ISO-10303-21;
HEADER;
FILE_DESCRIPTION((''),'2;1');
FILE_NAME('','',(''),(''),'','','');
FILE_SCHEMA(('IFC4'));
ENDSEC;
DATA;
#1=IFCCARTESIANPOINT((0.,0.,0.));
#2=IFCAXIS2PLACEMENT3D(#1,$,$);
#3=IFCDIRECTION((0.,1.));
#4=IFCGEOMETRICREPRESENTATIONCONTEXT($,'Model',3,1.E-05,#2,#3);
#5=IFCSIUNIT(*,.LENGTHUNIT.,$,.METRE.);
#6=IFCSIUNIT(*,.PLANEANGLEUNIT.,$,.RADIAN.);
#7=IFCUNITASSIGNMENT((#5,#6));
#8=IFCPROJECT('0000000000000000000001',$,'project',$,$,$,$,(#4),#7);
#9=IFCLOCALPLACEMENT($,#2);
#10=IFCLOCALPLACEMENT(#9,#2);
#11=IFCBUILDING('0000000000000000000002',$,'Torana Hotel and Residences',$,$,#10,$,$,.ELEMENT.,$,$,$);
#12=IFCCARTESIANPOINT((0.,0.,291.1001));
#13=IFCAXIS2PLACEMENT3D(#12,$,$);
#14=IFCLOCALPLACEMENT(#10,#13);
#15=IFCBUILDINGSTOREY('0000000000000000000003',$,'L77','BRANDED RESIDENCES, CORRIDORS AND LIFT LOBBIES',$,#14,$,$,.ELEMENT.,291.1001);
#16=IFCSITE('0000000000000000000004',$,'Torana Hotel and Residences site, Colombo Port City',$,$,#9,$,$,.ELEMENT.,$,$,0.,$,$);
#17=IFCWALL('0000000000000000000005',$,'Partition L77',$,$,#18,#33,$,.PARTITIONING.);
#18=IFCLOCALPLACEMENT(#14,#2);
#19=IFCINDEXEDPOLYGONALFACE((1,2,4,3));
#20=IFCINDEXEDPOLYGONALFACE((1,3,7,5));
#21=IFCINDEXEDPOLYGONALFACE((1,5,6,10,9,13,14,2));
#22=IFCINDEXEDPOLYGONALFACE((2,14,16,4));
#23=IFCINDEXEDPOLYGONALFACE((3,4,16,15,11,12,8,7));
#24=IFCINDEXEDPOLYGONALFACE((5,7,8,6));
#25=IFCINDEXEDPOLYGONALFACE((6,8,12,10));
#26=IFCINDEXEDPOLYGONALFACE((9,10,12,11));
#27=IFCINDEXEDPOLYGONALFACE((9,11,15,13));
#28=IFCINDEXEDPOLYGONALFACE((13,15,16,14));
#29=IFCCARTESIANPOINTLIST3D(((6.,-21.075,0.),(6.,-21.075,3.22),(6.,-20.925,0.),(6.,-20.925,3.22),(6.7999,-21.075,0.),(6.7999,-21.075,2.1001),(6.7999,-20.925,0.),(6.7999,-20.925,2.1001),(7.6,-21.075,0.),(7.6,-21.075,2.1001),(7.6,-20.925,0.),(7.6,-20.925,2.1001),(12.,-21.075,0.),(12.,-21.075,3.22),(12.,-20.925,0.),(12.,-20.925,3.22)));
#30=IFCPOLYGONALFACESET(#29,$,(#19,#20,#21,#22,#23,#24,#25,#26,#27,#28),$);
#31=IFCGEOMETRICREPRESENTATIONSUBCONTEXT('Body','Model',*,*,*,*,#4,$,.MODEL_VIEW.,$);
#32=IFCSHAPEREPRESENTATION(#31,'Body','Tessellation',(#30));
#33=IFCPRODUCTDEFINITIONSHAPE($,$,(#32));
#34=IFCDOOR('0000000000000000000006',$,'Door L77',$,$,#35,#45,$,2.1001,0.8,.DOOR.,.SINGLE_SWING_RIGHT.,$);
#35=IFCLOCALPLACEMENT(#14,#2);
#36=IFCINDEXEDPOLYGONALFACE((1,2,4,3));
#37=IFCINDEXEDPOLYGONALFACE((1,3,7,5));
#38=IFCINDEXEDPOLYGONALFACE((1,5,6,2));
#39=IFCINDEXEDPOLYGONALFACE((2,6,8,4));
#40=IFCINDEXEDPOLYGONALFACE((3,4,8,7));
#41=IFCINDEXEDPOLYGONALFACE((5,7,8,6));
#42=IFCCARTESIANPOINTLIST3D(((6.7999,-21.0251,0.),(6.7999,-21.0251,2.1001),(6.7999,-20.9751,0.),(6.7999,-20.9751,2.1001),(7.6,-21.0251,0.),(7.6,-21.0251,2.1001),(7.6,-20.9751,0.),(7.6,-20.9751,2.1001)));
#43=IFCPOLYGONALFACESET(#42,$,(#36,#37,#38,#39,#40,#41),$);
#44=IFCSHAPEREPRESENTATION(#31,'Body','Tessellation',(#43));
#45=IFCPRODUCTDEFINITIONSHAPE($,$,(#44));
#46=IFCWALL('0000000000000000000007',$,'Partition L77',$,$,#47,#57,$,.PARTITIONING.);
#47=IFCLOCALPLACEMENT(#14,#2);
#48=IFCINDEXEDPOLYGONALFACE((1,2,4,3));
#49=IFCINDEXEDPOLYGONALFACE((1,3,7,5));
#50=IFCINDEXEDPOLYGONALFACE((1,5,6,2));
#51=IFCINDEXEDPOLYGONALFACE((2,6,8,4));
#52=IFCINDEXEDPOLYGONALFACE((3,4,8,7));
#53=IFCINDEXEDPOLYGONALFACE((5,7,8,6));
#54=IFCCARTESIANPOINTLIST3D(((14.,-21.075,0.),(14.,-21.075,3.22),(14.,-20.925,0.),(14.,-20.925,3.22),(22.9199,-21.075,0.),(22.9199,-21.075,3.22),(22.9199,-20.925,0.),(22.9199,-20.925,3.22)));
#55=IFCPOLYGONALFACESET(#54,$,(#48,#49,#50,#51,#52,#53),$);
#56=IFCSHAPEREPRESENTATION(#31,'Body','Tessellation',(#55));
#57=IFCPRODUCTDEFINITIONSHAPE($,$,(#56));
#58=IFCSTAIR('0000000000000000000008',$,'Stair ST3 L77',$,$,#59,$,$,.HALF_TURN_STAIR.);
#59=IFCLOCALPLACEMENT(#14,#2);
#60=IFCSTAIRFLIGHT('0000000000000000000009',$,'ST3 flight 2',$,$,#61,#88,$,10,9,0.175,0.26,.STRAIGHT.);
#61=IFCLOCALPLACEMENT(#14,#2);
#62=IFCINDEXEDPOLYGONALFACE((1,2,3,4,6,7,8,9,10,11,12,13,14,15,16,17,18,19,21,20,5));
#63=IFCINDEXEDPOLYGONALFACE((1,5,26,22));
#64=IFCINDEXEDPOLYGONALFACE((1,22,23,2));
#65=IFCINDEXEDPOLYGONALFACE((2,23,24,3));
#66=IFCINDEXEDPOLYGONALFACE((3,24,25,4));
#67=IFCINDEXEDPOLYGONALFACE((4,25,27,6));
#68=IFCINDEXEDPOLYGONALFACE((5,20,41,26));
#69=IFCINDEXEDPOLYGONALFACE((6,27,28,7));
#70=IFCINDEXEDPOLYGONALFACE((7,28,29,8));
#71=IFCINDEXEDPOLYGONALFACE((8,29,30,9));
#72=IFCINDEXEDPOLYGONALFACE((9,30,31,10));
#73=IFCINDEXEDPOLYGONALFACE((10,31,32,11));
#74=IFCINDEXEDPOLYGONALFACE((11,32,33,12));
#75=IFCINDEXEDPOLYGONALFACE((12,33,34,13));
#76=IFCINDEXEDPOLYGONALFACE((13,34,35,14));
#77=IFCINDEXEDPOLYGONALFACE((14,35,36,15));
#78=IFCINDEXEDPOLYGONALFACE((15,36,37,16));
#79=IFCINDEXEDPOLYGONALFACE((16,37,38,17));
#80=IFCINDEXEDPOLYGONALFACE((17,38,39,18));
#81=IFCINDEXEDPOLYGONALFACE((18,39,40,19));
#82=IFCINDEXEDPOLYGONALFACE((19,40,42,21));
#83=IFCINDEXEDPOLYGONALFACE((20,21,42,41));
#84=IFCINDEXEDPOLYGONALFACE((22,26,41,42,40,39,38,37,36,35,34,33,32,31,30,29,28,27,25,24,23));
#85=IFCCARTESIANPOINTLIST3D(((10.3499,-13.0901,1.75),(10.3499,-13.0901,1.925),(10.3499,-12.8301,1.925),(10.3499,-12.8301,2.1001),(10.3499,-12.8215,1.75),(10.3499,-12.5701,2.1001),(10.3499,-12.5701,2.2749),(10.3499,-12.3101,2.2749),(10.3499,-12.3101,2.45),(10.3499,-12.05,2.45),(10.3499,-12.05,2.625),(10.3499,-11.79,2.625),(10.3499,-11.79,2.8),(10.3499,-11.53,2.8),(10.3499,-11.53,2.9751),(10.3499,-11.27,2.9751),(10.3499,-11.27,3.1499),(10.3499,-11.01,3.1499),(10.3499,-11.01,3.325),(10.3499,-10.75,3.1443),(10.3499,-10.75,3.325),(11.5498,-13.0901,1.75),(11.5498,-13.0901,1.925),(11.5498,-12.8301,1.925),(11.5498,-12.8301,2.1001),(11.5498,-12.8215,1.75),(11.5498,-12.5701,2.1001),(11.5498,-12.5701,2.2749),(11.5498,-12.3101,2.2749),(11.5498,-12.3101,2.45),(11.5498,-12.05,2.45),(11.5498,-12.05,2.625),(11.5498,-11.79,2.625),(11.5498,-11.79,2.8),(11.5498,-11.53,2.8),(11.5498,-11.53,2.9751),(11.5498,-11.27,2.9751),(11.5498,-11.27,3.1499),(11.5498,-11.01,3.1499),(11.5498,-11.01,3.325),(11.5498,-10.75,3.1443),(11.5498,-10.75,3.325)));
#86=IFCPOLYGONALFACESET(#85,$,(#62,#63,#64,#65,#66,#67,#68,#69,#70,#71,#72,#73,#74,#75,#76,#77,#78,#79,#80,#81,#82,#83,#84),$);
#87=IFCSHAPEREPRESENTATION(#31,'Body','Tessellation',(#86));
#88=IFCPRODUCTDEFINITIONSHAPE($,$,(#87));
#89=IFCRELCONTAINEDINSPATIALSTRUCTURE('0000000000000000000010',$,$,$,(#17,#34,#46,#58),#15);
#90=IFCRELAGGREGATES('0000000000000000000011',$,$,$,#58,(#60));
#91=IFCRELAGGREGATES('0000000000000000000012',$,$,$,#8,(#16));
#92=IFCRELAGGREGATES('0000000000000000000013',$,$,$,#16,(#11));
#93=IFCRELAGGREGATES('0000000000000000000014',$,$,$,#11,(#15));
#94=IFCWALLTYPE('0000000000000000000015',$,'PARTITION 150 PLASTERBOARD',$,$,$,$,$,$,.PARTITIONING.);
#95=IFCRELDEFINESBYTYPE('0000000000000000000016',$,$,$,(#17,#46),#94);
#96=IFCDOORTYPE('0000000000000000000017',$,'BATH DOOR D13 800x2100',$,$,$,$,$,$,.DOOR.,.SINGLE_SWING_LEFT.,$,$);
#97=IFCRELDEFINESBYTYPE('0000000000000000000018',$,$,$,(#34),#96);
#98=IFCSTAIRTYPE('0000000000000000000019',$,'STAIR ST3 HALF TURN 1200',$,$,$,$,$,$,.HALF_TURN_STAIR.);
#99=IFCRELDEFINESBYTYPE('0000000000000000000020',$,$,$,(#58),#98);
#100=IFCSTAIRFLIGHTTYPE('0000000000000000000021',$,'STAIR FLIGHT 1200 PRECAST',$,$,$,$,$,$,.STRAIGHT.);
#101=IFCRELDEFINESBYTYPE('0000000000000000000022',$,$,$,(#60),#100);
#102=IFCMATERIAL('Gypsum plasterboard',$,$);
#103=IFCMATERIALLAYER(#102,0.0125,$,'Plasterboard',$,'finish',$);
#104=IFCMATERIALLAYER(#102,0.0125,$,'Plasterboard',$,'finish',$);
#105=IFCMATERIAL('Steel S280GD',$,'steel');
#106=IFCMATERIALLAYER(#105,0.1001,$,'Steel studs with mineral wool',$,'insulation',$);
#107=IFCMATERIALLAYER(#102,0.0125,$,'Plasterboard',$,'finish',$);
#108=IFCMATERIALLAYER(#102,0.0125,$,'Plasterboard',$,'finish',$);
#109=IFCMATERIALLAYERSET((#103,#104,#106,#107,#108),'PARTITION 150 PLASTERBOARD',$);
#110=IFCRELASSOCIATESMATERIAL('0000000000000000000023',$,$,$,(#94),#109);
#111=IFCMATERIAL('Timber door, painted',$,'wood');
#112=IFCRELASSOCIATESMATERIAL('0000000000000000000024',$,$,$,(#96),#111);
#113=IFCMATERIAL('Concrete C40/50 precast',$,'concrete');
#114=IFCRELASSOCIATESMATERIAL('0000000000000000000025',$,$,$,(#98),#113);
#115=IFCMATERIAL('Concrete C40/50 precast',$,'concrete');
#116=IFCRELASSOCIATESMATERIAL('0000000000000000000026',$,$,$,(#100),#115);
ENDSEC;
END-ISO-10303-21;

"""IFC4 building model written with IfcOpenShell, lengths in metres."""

from ifc_helpers import new_model, si_unit, direction, frame, frame_2d, origin, place, context, subcontext, project, spatial, polyline, rectangle, outline, extrude, material, layer, layer_set, type_object, element, fill, aggregate, save


model = new_model("IFC4")

# Units and contexts
model_context = context("Model", 3, precision=1e-05, world=origin(), true_north=direction((0.0, 1.0)))
body_context = subcontext(model_context, "Body", "Model", "MODEL_VIEW")
ifc_project = project(units=[si_unit("LENGTHUNIT", "METRE"), si_unit("PLANEANGLEUNIT", "RADIAN")], contexts=[model_context])

# Site, building, storey
site_placement = place(None, origin())
site = spatial("IfcSite", under=ifc_project, at=site_placement, Name="Torana Hotel and Residences site, Colombo Port City", CompositionType="ELEMENT", RefElevation=0.0)
building_placement = place(site_placement, origin())
building = spatial("IfcBuilding", under=site, at=building_placement, Name="Torana Hotel and Residences", CompositionType="ELEMENT")
storey_placement = place(building_placement, frame((0.0, 0.0, 291.1001)))
storey = spatial("IfcBuildingStorey", under=building, at=storey_placement, Name="L77", Description="BRANDED RESIDENCES, CORRIDORS AND LIFT LOBBIES", CompositionType="ELEMENT", Elevation=291.1001)

# Shared definitions
ifc_material_1 = material(Name="Gypsum plasterboard")
ifc_layer_1 = layer(ifc_material_1, 0.0125, Name="Plasterboard", Category="finish")
ifc_layer_2 = layer(ifc_material_1, 0.0125, Name="Plasterboard", Category="finish")
ifc_material_2 = material(Name="Steel S280GD", Category="steel")
ifc_layer_3 = layer(ifc_material_2, 0.1001, Name="Steel studs with mineral wool", Category="insulation")
ifc_layer_4 = layer(ifc_material_1, 0.0125, Name="Plasterboard", Category="finish")
ifc_layer_5 = layer(ifc_material_1, 0.0125, Name="Plasterboard", Category="finish")
ifc_layer_set_1 = layer_set([ifc_layer_1, ifc_layer_2, ifc_layer_3, ifc_layer_4, ifc_layer_5], Name="PARTITION 150 PLASTERBOARD")
wall_type_1 = type_object("IfcWallType", Name="PARTITION 150 PLASTERBOARD", PredefinedType="PARTITIONING", material=ifc_layer_set_1)

# Shared definitions
ifc_material_3 = material(Name="Timber door, painted", Category="wood")
door_type_1 = type_object("IfcDoorType", Name="BATH DOOR D13 800x2100", OperationType="SINGLE_SWING_LEFT", PredefinedType="DOOR", material=ifc_material_3)

# Wall, opening, door
wall_1_placement = place(storey_placement, frame((6.0, -21.0, 0.0), z_axis=(0.0, 0.0, 1.0), x_axis=(1.0, 0.0, 0.0)))
wall_1 = element("IfcWall", 1, at=wall_1_placement, inside=storey, type_object=wall_type_1, Name="Partition L77", PredefinedType="PARTITIONING", context=body_context, shape_type="SweptSolid", body=[
    extrude(rectangle(XDim=6.0, YDim=0.1499, at=frame_2d((3.0, 0.0))), origin(), (0.0, 0.0, 1.0), 3.22),
])
opening_1_placement = place(wall_1_placement, frame((0.8, 0.0, 0.0)))
opening_1 = element("IfcOpeningElement", 2, at=opening_1_placement, cuts=wall_1, PredefinedType="OPENING", context=body_context, shape_type="SweptSolid", body=[
    extrude(rectangle(XDim=0.8, YDim=2.1001, at=frame_2d((0.3999, 1.05))), frame((0.0, 0.085, 0.0), z_axis=(0.0, -1.0, 0.0), x_axis=(1.0, 0.0, 0.0)), (0.0, 0.0, 1.0), 0.1699),
])
door_1_placement = place(opening_1_placement, origin())
door_1 = element("IfcDoor", 3, at=door_1_placement, inside=storey, type_object=door_type_1, Name="Door L77", OperationType="SINGLE_SWING_RIGHT", OverallHeight=2.1001, OverallWidth=0.8, PredefinedType="DOOR", context=body_context, shape_type="SweptSolid", body=[
    extrude(rectangle(XDim=0.8, YDim=2.1001, at=frame_2d((0.3999, 1.05))), frame((0.0, 0.0249, 0.0), z_axis=(0.0, -1.0, 0.0), x_axis=(1.0, 0.0, 0.0)), (0.0, 0.0, 1.0), 0.05),
])
fill(opening_1, door_1)

# Wall
wall_2_placement = place(storey_placement, frame((14.0, -21.0, 0.0), z_axis=(0.0, 0.0, 1.0), x_axis=(1.0, 0.0, 0.0)))
element("IfcWall", 4, at=wall_2_placement, inside=storey, type_object=wall_type_1, Name="Partition L77", PredefinedType="PARTITIONING", context=body_context, shape_type="SweptSolid", body=[
    extrude(rectangle(XDim=8.9199, YDim=0.1499, at=frame_2d((4.46, 0.0))), origin(), (0.0, 0.0, 1.0), 3.22),
])

# Stair, stair flight
ifc_material_4 = material(Name="Concrete C40/50 precast", Category="concrete")
stair_type = type_object("IfcStairType", Name="STAIR ST3 HALF TURN 1200", PredefinedType="HALF_TURN_STAIR", material=ifc_material_4)
stair_placement = place(storey_placement, origin())
stair = element("IfcStair", 5, at=stair_placement, inside=storey, type_object=stair_type, Name="Stair ST3 L77", PredefinedType="HALF_TURN_STAIR")
ifc_material_5 = material(Name="Concrete C40/50 precast", Category="concrete")
stair_flight_type = type_object("IfcStairFlightType", Name="STAIR FLIGHT 1200 PRECAST", PredefinedType="STRAIGHT", material=ifc_material_5)
stair_flight_placement = place(storey_placement, frame((10.95, -13.0901, 1.75), z_axis=(0.0, 0.0, 1.0), x_axis=(0.0, 1.0, 0.0)))
stair_flight = element("IfcStairFlight", 6, at=stair_flight_placement, type_object=stair_flight_type, Name="ST3 flight 2", NumberOfRisers=10, NumberOfTreads=9, PredefinedType="STRAIGHT", RiserHeight=0.175, TreadLength=0.26, context=body_context, shape_type="SweptSolid", body=[
    extrude(outline(polyline([(0.0, 0.0), (0.0, 0.175), (0.26, 0.175), (0.26, 0.3501), (0.52, 0.3501), (0.52, 0.5249), (0.78, 0.5249), (0.78, 0.7), (1.04, 0.7), (1.04, 0.875), (1.3, 0.875), (1.3, 1.05), (1.5601, 1.05), (1.5601, 1.2251), (1.8201, 1.2251), (1.8201, 1.3999), (2.0801, 1.3999), (2.0801, 1.575), (2.3401, 1.575), (2.3401, 1.75), (2.3401, 1.3943), (0.2686, 0.0), (0.0, 0.0)])), frame((0.0, 0.6001, 0.0), z_axis=(0.0, -1.0, 0.0), x_axis=(1.0, 0.0, 0.0)), (0.0, 0.0, 1.0), 1.2),
])
aggregate(stair, [stair_flight])

save(model, "model.ifc")
